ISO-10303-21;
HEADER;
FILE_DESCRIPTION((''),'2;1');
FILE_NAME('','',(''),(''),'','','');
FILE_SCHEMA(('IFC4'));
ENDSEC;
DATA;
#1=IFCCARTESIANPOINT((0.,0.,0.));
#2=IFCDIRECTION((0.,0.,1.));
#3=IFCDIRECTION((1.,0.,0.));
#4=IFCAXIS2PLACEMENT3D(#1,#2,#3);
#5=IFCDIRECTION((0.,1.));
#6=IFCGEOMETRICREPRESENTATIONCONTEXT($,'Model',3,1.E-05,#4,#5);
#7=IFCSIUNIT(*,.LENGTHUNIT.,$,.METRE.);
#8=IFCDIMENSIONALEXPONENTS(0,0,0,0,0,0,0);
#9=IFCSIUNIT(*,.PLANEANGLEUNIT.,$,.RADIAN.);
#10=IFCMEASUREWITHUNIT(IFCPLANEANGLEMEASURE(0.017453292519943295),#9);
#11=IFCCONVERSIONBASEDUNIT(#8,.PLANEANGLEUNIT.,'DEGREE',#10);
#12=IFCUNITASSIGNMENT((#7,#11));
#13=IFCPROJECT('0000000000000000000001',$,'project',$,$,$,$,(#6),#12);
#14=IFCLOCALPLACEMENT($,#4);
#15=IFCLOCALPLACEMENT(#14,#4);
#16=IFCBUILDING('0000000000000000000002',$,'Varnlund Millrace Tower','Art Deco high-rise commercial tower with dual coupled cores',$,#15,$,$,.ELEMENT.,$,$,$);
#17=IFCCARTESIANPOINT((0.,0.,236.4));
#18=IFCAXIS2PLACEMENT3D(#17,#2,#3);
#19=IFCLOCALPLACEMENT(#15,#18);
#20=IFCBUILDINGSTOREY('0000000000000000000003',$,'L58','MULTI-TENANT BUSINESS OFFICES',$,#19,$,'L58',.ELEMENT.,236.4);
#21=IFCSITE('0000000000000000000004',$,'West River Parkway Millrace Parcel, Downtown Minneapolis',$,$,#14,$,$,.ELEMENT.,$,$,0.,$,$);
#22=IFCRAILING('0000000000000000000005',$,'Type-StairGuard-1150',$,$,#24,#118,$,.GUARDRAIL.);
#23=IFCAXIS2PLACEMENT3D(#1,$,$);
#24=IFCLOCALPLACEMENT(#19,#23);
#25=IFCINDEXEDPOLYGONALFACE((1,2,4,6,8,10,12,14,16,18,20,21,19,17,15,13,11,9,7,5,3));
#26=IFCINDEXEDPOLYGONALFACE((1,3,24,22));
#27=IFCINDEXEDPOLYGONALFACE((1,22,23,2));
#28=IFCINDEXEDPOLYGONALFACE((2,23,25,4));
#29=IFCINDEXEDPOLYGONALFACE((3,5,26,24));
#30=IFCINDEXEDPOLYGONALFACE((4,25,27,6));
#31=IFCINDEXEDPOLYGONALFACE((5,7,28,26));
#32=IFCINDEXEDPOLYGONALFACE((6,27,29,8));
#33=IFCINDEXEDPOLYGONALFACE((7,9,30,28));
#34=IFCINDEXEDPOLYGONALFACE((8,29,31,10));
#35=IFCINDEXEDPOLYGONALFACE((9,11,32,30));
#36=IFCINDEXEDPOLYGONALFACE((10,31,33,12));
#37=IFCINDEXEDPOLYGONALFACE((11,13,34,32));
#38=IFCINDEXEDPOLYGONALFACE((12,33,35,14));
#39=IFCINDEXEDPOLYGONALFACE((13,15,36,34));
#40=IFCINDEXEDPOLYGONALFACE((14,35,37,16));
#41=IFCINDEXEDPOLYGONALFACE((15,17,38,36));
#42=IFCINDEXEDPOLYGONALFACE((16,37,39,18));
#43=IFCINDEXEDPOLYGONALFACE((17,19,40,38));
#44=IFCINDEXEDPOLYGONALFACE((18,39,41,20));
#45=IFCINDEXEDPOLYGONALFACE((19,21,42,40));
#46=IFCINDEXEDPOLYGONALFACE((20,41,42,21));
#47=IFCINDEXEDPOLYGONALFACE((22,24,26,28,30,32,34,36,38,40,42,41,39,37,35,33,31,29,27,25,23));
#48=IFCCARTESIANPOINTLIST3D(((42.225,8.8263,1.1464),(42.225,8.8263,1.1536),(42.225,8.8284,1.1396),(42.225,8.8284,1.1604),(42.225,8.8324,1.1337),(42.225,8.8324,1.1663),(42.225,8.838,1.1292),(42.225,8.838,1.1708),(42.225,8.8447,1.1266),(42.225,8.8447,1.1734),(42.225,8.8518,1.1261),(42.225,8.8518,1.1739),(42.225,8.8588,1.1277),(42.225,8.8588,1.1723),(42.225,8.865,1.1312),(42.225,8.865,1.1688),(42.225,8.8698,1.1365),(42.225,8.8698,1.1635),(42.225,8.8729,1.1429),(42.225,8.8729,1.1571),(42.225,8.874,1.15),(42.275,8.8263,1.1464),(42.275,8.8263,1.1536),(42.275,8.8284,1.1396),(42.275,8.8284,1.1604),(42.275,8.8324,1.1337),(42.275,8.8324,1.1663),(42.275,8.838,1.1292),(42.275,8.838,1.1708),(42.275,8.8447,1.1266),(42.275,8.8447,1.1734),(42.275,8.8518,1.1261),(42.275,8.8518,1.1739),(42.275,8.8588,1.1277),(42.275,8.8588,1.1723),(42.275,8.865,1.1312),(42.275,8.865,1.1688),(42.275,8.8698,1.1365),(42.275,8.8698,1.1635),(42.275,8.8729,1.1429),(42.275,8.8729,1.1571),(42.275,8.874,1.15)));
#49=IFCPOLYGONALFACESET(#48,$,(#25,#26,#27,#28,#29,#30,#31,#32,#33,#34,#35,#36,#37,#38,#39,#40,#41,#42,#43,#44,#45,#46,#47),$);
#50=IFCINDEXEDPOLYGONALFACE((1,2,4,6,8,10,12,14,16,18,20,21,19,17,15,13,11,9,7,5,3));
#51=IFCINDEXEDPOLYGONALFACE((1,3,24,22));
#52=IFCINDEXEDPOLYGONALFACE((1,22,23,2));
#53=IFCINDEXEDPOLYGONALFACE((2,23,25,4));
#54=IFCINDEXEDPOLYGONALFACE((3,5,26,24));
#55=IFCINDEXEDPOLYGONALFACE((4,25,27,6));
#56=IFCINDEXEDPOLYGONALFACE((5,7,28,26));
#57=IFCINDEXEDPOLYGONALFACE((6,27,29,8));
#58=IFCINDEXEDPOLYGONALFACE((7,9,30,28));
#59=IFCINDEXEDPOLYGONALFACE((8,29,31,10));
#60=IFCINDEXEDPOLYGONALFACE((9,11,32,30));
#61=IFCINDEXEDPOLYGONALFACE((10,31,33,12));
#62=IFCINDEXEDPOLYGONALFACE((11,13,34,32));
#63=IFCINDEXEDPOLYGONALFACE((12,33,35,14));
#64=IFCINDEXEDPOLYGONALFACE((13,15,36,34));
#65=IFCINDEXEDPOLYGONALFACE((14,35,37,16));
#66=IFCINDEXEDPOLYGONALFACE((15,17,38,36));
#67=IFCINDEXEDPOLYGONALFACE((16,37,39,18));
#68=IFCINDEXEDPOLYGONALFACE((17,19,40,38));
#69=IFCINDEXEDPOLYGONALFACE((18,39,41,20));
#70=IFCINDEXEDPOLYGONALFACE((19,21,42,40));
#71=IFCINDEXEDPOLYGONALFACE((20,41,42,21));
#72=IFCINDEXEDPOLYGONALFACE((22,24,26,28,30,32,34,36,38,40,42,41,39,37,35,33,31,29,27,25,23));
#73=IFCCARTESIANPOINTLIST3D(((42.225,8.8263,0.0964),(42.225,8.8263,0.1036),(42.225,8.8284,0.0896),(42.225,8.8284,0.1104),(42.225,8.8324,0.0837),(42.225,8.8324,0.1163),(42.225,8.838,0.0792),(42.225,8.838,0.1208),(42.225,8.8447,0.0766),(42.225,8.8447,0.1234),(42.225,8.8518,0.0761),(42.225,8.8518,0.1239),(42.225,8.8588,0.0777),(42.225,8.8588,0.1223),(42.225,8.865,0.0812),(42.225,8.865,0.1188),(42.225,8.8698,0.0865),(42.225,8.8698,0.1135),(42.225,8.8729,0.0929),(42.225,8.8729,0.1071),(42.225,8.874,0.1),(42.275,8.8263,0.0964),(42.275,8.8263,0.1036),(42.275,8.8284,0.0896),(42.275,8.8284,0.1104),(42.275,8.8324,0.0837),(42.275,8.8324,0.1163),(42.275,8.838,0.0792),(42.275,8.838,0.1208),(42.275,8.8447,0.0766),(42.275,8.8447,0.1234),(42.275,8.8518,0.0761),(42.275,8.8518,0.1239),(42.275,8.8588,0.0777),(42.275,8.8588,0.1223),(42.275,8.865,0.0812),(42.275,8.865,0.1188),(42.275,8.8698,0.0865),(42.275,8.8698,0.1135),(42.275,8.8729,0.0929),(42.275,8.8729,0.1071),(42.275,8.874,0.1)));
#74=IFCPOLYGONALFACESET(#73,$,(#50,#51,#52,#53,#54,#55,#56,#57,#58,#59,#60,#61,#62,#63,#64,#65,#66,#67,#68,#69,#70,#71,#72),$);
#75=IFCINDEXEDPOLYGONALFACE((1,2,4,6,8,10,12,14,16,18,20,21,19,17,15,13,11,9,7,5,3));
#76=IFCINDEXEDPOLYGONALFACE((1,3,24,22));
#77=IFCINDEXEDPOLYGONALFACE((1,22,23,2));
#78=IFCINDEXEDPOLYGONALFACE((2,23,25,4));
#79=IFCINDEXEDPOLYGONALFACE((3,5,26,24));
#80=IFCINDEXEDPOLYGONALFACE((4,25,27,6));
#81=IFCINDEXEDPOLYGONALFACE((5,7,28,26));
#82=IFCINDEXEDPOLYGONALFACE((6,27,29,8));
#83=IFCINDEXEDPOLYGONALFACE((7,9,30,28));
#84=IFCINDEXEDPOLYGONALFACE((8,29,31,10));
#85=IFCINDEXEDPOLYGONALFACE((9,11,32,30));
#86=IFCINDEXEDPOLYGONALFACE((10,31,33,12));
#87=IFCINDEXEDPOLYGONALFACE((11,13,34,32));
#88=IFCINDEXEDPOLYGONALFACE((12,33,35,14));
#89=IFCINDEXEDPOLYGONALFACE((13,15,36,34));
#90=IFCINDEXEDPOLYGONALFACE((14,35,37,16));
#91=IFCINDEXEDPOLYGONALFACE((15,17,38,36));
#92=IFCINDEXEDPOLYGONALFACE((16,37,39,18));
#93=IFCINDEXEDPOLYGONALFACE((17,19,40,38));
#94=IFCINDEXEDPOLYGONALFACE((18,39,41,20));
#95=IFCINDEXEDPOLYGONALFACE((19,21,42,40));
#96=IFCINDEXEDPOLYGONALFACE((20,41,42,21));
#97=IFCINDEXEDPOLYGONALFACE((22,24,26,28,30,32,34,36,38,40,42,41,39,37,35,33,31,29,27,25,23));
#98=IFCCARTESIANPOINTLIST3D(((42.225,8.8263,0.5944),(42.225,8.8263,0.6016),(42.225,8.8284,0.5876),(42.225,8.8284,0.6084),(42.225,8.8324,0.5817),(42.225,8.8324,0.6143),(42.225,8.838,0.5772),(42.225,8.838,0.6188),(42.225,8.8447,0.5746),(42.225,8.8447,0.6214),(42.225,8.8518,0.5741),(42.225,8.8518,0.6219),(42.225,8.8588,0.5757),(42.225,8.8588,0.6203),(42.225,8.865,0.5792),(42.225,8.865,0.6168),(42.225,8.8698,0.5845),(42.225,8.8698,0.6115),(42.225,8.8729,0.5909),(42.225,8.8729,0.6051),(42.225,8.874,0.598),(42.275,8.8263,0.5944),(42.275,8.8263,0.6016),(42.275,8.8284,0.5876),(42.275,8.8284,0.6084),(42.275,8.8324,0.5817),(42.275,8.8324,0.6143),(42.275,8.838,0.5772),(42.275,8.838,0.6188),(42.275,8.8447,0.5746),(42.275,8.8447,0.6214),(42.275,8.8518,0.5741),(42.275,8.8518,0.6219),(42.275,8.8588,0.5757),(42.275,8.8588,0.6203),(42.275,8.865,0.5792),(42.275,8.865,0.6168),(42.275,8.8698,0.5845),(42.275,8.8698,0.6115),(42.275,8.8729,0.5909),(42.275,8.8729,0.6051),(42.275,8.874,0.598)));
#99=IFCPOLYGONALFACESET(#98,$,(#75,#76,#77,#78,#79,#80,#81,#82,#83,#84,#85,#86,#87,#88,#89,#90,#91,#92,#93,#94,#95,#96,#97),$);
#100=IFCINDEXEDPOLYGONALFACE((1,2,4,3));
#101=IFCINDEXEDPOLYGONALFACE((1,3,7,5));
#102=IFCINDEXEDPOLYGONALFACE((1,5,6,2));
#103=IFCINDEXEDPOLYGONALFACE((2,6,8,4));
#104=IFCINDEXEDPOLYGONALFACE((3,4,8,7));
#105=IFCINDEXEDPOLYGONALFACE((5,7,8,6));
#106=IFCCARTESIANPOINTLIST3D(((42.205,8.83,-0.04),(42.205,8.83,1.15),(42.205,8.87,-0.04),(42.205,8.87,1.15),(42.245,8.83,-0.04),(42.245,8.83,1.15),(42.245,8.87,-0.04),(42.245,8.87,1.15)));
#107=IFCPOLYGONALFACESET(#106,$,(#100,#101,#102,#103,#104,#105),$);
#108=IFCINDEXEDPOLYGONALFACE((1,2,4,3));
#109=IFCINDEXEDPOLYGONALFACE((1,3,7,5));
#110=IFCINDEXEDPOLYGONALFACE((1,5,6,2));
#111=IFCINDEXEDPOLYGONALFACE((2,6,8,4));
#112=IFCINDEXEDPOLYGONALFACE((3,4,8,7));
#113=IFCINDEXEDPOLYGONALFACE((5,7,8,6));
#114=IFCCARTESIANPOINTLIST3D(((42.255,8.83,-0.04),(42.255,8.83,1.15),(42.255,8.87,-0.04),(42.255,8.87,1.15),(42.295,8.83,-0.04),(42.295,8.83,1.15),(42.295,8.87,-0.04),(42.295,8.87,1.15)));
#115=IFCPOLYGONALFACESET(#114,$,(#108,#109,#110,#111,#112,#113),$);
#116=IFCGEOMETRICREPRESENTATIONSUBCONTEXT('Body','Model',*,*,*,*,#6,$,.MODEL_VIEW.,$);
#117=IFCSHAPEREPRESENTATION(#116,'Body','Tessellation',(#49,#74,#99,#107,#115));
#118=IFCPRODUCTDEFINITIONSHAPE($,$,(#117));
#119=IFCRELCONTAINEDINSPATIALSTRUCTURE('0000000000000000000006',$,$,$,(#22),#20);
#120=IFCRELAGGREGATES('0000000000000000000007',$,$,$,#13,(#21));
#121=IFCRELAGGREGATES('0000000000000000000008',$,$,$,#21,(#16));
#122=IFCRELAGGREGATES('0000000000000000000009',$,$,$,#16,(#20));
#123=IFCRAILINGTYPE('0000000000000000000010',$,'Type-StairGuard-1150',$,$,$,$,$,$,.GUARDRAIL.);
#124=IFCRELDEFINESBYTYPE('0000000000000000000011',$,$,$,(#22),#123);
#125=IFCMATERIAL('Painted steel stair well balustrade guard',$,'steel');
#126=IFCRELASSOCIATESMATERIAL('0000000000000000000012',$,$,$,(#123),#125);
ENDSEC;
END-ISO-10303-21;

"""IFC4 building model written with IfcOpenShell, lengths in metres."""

from ifc_helpers import new_model, entity, si_unit, converted_unit, direction, frame, origin_with_axes, origin_2d_with_axis, place, context, subcontext, project, spatial, rectangle, circle, extrude, material, type_object, element, save


model = new_model("IFC4")

# Units and contexts
model_context = context("Model", 3, precision=1e-05, world=origin_with_axes(), true_north=direction((0.0, 1.0)))
body_context = subcontext(model_context, "Body", "Model", "MODEL_VIEW")
ifc_project = project(units=[si_unit("LENGTHUNIT", "METRE"), converted_unit("PLANEANGLEUNIT", "DEGREE", entity("IfcPlaneAngleMeasure", 0.017453292519943295), si_unit("PLANEANGLEUNIT", "RADIAN"), dimensions=[0, 0, 0, 0, 0, 0, 0])], contexts=[model_context])

# Site, building, storey
site_placement = place(None, origin_with_axes())
site = spatial("IfcSite", under=ifc_project, at=site_placement, Name="West River Parkway Millrace Parcel, Downtown Minneapolis", CompositionType="ELEMENT", RefElevation=0.0)
building_placement = place(site_placement, origin_with_axes())
building = spatial("IfcBuilding", under=site, at=building_placement, Name="Varnlund Millrace Tower", Description="Art Deco high-rise commercial tower with dual coupled cores", CompositionType="ELEMENT")
storey_placement = place(building_placement, frame((0.0, 0.0, 236.4), z_axis=(0.0, 0.0, 1.0), x_axis=(1.0, 0.0, 0.0)))
storey = spatial("IfcBuildingStorey", under=building, at=storey_placement, Name="L58", Description="MULTI-TENANT BUSINESS OFFICES", LongName="L58", CompositionType="ELEMENT", Elevation=236.4)

# Railing
ifc_material_1 = material(Name="Painted steel stair well balustrade guard", Category="steel")
railing_type_1 = type_object("IfcRailingType", Name="Type-StairGuard-1150", PredefinedType="GUARDRAIL", material=ifc_material_1)
railing_1_placement = place(storey_placement, frame((0.0, 0.0, -236.4), z_axis=(0.0, 0.0, 1.0), x_axis=(1.0, 0.0, 0.0)))
element("IfcRailing", 1, at=railing_1_placement, inside=storey, type_object=railing_type_1, Name="Type-StairGuard-1150", PredefinedType="GUARDRAIL", context=body_context, shape_type="SweptSolid", body=[
    extrude(circle(Radius=0.024, at=origin_2d_with_axis()), frame((42.225, 8.85, 237.55), z_axis=(1.0, 0.0, 0.0), x_axis=(0.0, 1.0, 0.0)), (0.0, 0.0, 1.0), 0.05),
    extrude(circle(Radius=0.024, at=origin_2d_with_axis()), frame((42.225, 8.85, 236.5), z_axis=(1.0, 0.0, 0.0), x_axis=(0.0, 1.0, 0.0)), (0.0, 0.0, 1.0), 0.05),
    extrude(circle(Radius=0.024, at=origin_2d_with_axis()), frame((42.225, 8.85, 236.998), z_axis=(1.0, 0.0, 0.0), x_axis=(0.0, 1.0, 0.0)), (0.0, 0.0, 1.0), 0.05),
    extrude(rectangle(XDim=0.04, YDim=0.04, at=origin_2d_with_axis()), frame((42.225, 8.85, 236.36), z_axis=(0.0, 0.0, 1.0), x_axis=(1.0, 0.0, 0.0)), (0.0, 0.0, 1.0), 1.19),
    extrude(rectangle(XDim=0.04, YDim=0.04, at=origin_2d_with_axis()), frame((42.275, 8.85, 236.36), z_axis=(0.0, 0.0, 1.0), x_axis=(1.0, 0.0, 0.0)), (0.0, 0.0, 1.0), 1.19),
])

save(model, "model.ifc")
